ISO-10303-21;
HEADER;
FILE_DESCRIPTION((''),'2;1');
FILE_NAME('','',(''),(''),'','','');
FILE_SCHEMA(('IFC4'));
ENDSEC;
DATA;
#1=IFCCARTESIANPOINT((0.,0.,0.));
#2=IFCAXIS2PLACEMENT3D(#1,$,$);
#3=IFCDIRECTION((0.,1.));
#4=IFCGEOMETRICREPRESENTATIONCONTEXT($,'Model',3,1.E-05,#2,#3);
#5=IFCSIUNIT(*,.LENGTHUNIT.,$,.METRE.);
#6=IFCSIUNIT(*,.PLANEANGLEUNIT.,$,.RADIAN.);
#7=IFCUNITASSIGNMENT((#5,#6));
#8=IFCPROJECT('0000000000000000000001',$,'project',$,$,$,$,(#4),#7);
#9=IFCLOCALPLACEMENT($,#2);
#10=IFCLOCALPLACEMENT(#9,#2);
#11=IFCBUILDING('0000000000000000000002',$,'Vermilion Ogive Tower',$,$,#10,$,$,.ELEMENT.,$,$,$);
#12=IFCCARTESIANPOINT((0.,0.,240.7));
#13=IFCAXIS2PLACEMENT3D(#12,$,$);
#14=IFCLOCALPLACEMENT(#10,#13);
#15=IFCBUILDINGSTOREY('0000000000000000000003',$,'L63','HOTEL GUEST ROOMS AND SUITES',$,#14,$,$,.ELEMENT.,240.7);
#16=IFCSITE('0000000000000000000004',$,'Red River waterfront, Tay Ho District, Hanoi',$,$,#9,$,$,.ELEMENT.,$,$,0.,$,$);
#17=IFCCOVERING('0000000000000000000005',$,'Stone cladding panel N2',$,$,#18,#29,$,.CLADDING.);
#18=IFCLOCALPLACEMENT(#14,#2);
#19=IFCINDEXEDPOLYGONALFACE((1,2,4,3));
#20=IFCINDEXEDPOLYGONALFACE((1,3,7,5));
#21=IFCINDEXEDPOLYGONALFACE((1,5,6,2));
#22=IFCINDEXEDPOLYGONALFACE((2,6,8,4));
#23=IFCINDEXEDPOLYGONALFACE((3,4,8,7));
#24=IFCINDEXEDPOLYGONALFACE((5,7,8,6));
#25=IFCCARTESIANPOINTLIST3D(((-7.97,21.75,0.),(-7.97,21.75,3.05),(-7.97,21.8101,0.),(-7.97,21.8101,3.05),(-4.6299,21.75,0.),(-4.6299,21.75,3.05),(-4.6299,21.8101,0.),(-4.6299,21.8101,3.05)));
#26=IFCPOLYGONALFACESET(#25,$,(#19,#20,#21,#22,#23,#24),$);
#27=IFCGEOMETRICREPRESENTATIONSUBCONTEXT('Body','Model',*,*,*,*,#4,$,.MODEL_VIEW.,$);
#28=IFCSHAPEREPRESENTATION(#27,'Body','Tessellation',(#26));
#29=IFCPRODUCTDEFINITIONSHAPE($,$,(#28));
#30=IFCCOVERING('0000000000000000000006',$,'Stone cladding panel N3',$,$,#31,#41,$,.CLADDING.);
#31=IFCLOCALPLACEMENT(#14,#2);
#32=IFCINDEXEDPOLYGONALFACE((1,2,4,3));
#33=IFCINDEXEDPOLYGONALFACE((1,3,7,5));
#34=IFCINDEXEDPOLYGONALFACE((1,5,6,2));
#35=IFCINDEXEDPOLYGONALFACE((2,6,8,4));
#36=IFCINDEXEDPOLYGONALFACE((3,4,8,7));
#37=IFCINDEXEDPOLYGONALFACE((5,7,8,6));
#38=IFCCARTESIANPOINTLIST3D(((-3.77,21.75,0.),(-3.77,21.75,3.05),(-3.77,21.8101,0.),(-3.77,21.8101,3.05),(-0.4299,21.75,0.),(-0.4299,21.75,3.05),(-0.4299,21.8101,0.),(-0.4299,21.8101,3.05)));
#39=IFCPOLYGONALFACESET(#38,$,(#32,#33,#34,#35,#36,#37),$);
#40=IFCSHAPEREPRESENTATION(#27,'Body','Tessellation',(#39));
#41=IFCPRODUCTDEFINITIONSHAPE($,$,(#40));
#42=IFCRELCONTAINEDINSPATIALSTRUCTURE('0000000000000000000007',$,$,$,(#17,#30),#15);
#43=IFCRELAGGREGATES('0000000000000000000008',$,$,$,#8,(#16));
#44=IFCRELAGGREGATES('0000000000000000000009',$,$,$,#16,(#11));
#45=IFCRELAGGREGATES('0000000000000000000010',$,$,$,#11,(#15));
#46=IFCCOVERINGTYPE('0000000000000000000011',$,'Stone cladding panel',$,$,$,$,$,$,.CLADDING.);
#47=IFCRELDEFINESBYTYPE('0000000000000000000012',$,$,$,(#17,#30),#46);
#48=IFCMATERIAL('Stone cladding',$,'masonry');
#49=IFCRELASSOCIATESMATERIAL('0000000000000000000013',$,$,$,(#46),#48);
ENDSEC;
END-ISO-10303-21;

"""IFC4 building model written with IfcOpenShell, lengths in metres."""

from ifc_helpers import new_model, si_unit, direction, frame, origin, place, context, subcontext, project, spatial, polyline, outline, extrude, material, type_object, element, save


model = new_model("IFC4")

# Units and contexts
model_context = context("Model", 3, precision=1e-05, world=origin(), true_north=direction((0.0, 1.0)))
body_context = subcontext(model_context, "Body", "Model", "MODEL_VIEW")
ifc_project = project(units=[si_unit("LENGTHUNIT", "METRE"), si_unit("PLANEANGLEUNIT", "RADIAN")], contexts=[model_context])

# Site, building, storey
site_placement = place(None, origin())
site = spatial("IfcSite", under=ifc_project, at=site_placement, Name="Red River waterfront, Tay Ho District, Hanoi", CompositionType="ELEMENT", RefElevation=0.0)
building_placement = place(site_placement, origin())
building = spatial("IfcBuilding", under=site, at=building_placement, Name="Vermilion Ogive Tower", CompositionType="ELEMENT")
storey_placement = place(building_placement, frame((0.0, 0.0, 240.7)))
storey = spatial("IfcBuildingStorey", under=building, at=storey_placement, Name="L63", Description="HOTEL GUEST ROOMS AND SUITES", CompositionType="ELEMENT", Elevation=240.7)

# Coverings
ifc_material_1 = material(Name="Stone cladding", Category="masonry")
covering_type_1 = type_object("IfcCoveringType", Name="Stone cladding panel", PredefinedType="CLADDING", material=ifc_material_1)
covering_1_placement = place(storey_placement, origin())
element("IfcCovering", 1, at=covering_1_placement, inside=storey, type_object=covering_type_1, Name="Stone cladding panel N2", PredefinedType="CLADDING", context=body_context, shape_type="SweptSolid", body=[
    extrude(outline(polyline([(-7.97, 21.75), (-4.6299, 21.75), (-4.6299, 21.8101), (-7.97, 21.8101), (-7.97, 21.75)])), origin(), (0.0, 0.0, 1.0), 3.05),
])
covering_2_placement = place(storey_placement, origin())
element("IfcCovering", 2, at=covering_2_placement, inside=storey, type_object=covering_type_1, Name="Stone cladding panel N3", PredefinedType="CLADDING", context=body_context, shape_type="SweptSolid", body=[
    extrude(outline(polyline([(-3.77, 21.75), (-0.4299, 21.75), (-0.4299, 21.8101), (-3.77, 21.8101), (-3.77, 21.75)])), origin(), (0.0, 0.0, 1.0), 3.05),
])

save(model, "model.ifc")
